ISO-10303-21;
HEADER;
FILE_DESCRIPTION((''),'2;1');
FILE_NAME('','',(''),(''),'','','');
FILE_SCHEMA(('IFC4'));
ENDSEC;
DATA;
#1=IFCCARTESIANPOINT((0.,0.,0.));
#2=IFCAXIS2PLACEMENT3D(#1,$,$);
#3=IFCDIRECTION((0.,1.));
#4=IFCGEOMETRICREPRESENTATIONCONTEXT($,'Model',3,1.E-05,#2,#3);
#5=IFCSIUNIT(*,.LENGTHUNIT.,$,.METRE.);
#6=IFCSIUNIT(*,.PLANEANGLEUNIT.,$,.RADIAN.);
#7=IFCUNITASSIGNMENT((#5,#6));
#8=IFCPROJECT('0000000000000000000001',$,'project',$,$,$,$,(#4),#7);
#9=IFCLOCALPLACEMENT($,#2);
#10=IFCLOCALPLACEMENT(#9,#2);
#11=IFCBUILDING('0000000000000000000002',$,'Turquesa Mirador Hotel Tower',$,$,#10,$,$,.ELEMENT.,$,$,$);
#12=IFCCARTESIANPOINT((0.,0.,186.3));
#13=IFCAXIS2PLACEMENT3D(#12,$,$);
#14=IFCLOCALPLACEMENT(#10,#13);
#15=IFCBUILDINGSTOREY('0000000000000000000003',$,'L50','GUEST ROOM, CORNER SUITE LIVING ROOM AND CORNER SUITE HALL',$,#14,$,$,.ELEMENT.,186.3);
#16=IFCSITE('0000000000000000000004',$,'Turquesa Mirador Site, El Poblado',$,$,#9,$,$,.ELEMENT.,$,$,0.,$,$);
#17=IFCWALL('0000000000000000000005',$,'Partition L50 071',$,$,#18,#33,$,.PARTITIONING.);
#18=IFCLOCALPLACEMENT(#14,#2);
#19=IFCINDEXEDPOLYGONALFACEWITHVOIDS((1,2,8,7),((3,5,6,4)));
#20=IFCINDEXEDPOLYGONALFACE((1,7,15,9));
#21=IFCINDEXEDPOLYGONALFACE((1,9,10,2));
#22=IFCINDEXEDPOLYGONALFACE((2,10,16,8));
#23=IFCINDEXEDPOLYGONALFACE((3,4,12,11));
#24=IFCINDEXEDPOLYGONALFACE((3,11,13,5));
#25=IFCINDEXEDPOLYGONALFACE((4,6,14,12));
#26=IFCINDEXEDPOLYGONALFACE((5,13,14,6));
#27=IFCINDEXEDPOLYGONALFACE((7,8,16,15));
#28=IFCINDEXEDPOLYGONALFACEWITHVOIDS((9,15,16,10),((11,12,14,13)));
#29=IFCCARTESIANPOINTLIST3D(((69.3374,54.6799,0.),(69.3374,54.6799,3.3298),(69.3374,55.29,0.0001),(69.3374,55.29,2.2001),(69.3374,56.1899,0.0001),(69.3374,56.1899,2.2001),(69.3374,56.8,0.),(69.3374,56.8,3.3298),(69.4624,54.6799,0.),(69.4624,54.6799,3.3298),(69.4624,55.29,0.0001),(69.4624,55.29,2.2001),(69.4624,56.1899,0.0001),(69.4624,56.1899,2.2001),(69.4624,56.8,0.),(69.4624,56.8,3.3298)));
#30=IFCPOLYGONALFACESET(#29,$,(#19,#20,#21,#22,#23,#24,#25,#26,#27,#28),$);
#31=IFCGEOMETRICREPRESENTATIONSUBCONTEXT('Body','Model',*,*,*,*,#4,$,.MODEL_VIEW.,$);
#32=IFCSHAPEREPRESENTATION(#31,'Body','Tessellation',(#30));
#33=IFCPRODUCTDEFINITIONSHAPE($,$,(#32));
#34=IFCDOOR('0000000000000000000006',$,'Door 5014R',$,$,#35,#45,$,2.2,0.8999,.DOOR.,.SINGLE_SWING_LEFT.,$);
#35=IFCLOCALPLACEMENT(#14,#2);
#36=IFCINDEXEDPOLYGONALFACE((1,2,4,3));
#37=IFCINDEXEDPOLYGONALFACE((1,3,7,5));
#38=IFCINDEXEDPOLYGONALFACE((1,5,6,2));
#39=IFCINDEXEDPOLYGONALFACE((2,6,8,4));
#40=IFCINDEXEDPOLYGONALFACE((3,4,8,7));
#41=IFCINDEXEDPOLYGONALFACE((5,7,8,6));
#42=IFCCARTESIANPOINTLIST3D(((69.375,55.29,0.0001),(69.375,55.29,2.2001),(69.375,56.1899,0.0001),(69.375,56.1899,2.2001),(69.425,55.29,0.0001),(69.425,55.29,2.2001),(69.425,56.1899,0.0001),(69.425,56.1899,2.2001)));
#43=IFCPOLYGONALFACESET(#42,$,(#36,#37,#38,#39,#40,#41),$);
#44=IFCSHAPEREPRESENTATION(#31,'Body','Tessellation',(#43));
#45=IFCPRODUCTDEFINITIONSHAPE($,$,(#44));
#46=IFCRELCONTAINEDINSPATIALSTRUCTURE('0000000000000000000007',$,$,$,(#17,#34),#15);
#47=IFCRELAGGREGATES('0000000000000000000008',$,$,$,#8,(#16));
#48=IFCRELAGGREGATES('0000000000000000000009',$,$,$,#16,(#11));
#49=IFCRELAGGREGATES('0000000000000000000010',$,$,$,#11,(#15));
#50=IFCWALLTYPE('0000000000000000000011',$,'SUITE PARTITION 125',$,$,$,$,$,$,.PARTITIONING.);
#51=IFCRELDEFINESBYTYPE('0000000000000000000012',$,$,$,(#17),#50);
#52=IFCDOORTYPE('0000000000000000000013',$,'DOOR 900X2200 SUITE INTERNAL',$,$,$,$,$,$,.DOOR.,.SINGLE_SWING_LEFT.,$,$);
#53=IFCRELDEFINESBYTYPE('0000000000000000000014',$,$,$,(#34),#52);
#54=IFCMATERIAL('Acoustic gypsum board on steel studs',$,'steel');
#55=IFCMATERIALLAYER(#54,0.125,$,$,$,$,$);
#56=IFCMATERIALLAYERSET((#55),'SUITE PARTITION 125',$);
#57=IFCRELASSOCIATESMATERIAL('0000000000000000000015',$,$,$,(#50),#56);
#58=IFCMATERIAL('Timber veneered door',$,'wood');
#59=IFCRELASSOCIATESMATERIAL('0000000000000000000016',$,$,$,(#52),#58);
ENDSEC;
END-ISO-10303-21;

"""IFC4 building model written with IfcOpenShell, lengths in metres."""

from ifc_helpers import new_model, si_unit, direction, frame, frame_2d, origin, place, context, subcontext, project, spatial, rectangle, extrude, material, layer, layer_set, type_object, element, fill, save


model = new_model("IFC4")

# Units and contexts
model_context = context("Model", 3, precision=1e-05, world=origin(), true_north=direction((0.0, 1.0)))
body_context = subcontext(model_context, "Body", "Model", "MODEL_VIEW")
ifc_project = project(units=[si_unit("LENGTHUNIT", "METRE"), si_unit("PLANEANGLEUNIT", "RADIAN")], contexts=[model_context])

# Site, building, storey
site_placement = place(None, origin())
site = spatial("IfcSite", under=ifc_project, at=site_placement, Name="Turquesa Mirador Site, El Poblado", CompositionType="ELEMENT", RefElevation=0.0)
building_placement = place(site_placement, origin())
building = spatial("IfcBuilding", under=site, at=building_placement, Name="Turquesa Mirador Hotel Tower", CompositionType="ELEMENT")
storey_placement = place(building_placement, frame((0.0, 0.0, 186.3)))
storey = spatial("IfcBuildingStorey", under=building, at=storey_placement, Name="L50", Description="GUEST ROOM, CORNER SUITE LIVING ROOM AND CORNER SUITE HALL", CompositionType="ELEMENT", Elevation=186.3)

# Wall, opening, door
ifc_material_1 = material(Name="Acoustic gypsum board on steel studs", Category="steel")
ifc_layer_1 = layer(ifc_material_1, 0.125)
ifc_layer_set_1 = layer_set([ifc_layer_1], Name="SUITE PARTITION 125")
wall_type_1 = type_object("IfcWallType", Name="SUITE PARTITION 125", PredefinedType="PARTITIONING", material=ifc_layer_set_1)
wall_1_placement = place(storey_placement, frame((69.3999, 54.6799, 0.0), z_axis=(0.0, 0.0, 1.0), x_axis=(0.0, 1.0, 0.0)))
wall_1 = element("IfcWall", 1, at=wall_1_placement, inside=storey, type_object=wall_type_1, Name="Partition L50 071", PredefinedType="PARTITIONING", context=body_context, shape_type="SweptSolid", body=[
    extrude(rectangle(XDim=2.1201, YDim=0.125, at=frame_2d((1.0601, 0.0))), origin(), (0.0, 0.0, 1.0), 3.3298),
])
opening_1_placement = place(wall_1_placement, frame((0.6101, 0.0, 0.0)))
opening_1 = element("IfcOpeningElement", 2, at=opening_1_placement, cuts=wall_1, PredefinedType="OPENING", context=body_context, shape_type="SweptSolid", body=[
    extrude(rectangle(XDim=0.8999, YDim=2.2, at=frame_2d((0.45, 1.1001))), frame((0.0, 0.0725, 0.0), z_axis=(0.0, -1.0, 0.0), x_axis=(1.0, 0.0, 0.0)), (0.0, 0.0, 1.0), 0.145),
])
ifc_material_2 = material(Name="Timber veneered door", Category="wood")
door_type_1 = type_object("IfcDoorType", Name="DOOR 900X2200 SUITE INTERNAL", OperationType="SINGLE_SWING_LEFT", PredefinedType="DOOR", material=ifc_material_2)
door_1_placement = place(opening_1_placement, origin())
door_1 = element("IfcDoor", 3, at=door_1_placement, inside=storey, type_object=door_type_1, Name="Door 5014R", OperationType="SINGLE_SWING_LEFT", OverallHeight=2.2, OverallWidth=0.8999, PredefinedType="DOOR", context=body_context, shape_type="SweptSolid", body=[
    extrude(rectangle(XDim=0.8999, YDim=2.2, at=frame_2d((0.45, 1.1001))), frame((0.0, 0.0249, 0.0), z_axis=(0.0, -1.0, 0.0), x_axis=(1.0, 0.0, 0.0)), (0.0, 0.0, 1.0), 0.05),
])
fill(opening_1, door_1)

save(model, "model.ifc")
